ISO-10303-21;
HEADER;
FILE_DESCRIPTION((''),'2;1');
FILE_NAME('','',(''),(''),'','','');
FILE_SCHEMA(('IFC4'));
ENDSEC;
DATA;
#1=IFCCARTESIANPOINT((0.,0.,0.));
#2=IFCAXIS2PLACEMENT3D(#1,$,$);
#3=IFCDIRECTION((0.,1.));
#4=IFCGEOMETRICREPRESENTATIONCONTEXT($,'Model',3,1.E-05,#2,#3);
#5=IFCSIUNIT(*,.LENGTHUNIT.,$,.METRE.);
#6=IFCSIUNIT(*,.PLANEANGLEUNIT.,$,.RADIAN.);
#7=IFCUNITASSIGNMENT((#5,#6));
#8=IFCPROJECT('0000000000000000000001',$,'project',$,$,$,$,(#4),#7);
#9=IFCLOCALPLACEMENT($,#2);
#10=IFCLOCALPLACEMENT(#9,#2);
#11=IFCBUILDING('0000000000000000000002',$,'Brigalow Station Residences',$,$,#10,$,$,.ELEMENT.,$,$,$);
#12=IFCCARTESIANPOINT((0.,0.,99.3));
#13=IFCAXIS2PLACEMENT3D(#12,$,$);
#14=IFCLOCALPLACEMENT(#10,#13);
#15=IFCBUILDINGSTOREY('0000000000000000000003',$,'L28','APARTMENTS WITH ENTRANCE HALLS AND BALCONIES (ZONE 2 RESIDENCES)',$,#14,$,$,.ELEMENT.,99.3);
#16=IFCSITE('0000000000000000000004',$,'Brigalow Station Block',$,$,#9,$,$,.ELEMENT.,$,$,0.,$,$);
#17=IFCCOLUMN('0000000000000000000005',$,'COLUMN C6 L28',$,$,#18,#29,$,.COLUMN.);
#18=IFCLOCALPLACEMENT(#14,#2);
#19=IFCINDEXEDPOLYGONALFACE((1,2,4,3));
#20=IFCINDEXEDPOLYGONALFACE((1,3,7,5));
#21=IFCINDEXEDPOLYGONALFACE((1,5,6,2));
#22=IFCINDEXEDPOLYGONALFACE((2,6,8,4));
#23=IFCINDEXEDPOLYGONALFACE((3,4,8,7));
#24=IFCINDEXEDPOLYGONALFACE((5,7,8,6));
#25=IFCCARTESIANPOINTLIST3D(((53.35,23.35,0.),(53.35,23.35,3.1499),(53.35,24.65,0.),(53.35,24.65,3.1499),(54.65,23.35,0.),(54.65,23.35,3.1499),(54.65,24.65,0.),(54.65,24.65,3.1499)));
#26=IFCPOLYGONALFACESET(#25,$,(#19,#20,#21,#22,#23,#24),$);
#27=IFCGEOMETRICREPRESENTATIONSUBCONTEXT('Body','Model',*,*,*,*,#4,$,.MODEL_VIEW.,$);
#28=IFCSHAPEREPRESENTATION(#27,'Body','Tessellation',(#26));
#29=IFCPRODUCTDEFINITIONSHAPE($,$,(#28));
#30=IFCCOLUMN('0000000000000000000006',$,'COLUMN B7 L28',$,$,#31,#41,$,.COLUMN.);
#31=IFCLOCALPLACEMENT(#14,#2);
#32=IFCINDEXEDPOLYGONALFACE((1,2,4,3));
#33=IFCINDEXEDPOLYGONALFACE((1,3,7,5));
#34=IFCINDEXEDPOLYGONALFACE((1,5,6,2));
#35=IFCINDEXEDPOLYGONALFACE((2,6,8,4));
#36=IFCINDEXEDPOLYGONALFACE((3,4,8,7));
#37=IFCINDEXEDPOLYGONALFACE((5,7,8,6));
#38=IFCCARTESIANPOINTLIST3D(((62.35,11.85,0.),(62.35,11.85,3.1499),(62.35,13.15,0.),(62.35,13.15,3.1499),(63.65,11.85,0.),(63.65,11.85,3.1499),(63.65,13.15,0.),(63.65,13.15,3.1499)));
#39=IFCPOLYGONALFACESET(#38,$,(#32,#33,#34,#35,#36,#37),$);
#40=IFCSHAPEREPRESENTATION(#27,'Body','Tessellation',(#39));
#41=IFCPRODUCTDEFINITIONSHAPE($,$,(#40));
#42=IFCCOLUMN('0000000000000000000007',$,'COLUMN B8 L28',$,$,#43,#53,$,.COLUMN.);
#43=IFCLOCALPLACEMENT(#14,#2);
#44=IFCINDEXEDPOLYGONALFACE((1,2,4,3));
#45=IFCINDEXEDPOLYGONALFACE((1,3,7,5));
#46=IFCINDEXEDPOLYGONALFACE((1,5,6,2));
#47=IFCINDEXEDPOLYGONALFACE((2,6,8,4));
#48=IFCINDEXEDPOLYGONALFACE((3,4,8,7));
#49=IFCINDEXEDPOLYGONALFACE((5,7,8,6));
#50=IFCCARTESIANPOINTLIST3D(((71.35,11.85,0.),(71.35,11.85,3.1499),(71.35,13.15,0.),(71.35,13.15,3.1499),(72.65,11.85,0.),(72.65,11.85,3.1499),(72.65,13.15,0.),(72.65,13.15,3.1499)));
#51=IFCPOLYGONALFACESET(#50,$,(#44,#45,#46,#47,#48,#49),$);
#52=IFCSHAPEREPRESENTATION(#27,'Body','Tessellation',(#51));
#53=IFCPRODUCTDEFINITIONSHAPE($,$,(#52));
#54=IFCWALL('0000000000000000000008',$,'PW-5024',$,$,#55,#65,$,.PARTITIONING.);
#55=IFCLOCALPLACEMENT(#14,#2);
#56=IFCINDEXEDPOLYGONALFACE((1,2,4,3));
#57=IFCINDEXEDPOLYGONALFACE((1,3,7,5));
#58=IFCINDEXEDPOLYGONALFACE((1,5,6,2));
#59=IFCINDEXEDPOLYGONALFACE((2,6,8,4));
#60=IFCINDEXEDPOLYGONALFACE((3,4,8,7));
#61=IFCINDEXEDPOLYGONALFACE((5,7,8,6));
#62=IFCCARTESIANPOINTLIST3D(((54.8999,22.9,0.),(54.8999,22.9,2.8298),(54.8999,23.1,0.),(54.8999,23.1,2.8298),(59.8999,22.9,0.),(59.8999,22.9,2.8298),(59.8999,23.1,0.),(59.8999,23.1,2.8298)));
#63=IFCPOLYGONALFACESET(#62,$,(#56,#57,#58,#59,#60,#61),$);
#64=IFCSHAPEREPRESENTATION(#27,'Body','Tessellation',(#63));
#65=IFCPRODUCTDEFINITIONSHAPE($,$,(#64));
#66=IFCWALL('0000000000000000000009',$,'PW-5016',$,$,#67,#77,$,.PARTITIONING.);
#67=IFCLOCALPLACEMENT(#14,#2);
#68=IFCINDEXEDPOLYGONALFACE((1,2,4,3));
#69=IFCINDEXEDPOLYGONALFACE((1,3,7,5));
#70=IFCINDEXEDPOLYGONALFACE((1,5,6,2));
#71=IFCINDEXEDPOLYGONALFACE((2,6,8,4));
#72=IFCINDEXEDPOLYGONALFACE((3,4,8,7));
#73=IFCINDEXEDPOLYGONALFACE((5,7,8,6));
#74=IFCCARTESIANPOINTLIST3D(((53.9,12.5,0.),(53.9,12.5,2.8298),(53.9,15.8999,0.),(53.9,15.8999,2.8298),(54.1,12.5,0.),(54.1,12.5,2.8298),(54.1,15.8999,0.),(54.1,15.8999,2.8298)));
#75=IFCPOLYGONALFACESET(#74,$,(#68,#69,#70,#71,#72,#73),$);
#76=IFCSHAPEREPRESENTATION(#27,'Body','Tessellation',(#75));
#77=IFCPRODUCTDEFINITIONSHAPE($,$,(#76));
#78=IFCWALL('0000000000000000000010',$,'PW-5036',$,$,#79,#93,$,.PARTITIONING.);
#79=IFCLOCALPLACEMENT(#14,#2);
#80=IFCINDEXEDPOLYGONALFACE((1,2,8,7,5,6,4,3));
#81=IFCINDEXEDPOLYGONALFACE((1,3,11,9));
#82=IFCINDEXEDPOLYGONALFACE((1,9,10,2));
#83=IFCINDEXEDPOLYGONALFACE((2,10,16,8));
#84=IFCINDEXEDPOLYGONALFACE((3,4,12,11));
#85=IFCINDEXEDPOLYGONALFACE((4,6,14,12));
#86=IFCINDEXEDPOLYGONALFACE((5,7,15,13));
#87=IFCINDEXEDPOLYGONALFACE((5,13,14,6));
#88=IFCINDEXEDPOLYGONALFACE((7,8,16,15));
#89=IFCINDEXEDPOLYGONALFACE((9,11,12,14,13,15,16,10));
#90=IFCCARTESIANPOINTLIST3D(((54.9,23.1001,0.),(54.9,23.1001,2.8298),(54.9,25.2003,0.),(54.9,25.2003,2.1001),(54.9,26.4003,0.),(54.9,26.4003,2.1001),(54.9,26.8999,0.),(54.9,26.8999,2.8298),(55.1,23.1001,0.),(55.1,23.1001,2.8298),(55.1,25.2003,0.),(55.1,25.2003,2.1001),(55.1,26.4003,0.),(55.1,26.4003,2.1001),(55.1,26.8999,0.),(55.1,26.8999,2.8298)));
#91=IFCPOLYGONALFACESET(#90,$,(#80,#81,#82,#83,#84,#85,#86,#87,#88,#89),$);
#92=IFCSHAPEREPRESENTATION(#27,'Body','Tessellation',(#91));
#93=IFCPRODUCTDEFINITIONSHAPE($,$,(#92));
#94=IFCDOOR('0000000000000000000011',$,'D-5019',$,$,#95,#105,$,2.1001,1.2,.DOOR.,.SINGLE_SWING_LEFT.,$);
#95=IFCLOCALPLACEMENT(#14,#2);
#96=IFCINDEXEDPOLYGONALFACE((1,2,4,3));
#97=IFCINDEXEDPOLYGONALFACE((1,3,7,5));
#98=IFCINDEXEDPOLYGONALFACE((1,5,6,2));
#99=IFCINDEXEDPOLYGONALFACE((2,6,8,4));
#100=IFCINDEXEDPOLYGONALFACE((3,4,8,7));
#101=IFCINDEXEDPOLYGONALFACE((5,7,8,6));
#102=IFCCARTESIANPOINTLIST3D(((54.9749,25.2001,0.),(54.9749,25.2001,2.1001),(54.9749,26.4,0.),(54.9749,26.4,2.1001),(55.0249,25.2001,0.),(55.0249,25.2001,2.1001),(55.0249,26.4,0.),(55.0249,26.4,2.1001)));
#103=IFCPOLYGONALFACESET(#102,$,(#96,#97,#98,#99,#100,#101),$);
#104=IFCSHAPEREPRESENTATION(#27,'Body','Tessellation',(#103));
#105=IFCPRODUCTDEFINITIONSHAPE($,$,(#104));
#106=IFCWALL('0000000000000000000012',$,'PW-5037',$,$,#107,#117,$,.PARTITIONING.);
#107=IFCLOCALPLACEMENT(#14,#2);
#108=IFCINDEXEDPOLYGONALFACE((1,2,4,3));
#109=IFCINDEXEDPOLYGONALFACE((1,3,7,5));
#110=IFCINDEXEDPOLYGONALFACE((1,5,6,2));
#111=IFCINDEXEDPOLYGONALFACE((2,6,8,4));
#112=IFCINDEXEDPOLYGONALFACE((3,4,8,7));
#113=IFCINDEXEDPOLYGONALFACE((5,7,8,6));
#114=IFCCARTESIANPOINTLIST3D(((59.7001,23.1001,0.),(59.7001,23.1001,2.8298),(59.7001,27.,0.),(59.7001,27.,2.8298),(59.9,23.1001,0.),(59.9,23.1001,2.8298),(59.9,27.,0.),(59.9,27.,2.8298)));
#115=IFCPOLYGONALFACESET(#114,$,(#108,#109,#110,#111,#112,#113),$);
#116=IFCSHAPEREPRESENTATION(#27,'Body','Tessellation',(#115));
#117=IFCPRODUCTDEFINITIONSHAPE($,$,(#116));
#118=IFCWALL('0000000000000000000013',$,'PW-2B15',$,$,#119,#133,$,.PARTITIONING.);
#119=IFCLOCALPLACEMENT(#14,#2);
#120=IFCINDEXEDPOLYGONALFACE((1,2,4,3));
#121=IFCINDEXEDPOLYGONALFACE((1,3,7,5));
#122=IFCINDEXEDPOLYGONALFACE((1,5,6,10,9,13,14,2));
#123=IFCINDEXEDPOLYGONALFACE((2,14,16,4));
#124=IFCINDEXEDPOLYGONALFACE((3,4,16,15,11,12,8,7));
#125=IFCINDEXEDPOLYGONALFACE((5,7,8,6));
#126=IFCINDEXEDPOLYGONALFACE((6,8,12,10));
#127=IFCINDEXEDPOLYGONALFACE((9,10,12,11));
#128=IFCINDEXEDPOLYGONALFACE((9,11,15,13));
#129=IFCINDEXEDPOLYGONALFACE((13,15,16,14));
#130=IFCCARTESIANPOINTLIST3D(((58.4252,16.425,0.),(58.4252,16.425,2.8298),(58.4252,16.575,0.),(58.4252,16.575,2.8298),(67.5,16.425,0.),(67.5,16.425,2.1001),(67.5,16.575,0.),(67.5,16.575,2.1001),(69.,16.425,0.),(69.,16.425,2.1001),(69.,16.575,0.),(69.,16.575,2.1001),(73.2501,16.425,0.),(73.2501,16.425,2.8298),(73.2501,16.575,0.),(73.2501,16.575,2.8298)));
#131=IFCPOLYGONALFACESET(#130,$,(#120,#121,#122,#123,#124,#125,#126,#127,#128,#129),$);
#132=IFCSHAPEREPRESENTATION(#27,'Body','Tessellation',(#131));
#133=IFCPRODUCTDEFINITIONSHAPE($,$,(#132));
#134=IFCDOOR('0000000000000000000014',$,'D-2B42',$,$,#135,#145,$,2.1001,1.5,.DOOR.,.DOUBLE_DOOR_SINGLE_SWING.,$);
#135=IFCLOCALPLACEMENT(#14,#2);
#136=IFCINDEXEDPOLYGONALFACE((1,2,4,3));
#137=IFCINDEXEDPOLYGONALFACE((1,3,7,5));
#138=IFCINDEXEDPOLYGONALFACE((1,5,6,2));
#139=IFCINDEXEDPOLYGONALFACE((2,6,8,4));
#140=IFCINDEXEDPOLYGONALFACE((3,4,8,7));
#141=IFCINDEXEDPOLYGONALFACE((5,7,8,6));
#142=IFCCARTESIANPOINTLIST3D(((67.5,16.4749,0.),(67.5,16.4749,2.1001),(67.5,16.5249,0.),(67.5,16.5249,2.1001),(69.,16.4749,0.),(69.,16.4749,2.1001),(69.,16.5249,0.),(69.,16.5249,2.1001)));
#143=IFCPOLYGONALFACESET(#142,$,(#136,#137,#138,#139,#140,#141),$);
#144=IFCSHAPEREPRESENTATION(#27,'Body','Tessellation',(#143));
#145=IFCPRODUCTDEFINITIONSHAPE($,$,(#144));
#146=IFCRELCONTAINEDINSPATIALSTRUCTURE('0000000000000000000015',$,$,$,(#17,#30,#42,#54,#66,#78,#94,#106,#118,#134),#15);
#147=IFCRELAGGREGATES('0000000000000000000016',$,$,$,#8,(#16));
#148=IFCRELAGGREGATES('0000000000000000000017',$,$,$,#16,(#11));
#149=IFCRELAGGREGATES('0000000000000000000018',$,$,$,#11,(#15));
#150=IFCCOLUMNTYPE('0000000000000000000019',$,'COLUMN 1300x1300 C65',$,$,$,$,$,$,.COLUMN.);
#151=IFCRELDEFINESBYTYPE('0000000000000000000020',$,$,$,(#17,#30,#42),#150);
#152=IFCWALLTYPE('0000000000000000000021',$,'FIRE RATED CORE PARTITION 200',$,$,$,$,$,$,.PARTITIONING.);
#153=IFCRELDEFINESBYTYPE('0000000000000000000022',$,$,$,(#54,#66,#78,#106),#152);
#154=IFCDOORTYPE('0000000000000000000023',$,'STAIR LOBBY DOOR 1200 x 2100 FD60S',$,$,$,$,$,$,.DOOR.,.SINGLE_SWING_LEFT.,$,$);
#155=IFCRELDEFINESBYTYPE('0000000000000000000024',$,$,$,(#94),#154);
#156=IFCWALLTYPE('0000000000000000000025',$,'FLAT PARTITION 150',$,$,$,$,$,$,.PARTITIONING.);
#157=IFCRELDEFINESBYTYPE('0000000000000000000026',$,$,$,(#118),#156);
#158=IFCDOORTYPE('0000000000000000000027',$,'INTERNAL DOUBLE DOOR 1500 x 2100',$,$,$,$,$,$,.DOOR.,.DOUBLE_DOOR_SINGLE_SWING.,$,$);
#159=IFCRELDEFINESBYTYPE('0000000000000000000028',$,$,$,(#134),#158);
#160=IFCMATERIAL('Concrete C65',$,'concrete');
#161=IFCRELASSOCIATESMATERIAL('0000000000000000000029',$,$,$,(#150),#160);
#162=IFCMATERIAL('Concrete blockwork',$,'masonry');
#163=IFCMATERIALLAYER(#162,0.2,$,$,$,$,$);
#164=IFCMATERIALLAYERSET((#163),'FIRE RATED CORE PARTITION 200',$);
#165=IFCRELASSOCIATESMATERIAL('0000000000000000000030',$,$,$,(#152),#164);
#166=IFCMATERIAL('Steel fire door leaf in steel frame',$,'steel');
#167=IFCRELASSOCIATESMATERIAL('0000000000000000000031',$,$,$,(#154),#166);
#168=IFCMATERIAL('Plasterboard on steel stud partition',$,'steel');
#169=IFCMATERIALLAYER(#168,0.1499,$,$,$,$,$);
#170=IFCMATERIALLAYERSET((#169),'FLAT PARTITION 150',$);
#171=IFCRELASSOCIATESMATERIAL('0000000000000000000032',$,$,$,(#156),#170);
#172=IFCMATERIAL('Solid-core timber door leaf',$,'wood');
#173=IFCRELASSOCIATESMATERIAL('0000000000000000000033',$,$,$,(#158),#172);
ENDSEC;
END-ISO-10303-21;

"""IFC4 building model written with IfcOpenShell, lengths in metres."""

from ifc_helpers import new_model, si_unit, direction, frame, frame_2d, origin, origin_2d, place, context, subcontext, project, spatial, rectangle, extrude, material, layer, layer_set, material_profile, profile_set, type_object, element, fill, save


model = new_model("IFC4")

# Units and contexts
model_context = context("Model", 3, precision=1e-05, world=origin(), true_north=direction((0.0, 1.0)))
body_context = subcontext(model_context, "Body", "Model", "MODEL_VIEW")
ifc_project = project(units=[si_unit("LENGTHUNIT", "METRE"), si_unit("PLANEANGLEUNIT", "RADIAN")], contexts=[model_context])

# Site, building, storey
site_placement = place(None, origin())
site = spatial("IfcSite", under=ifc_project, at=site_placement, Name="Brigalow Station Block", CompositionType="ELEMENT", RefElevation=0.0)
building_placement = place(site_placement, origin())
building = spatial("IfcBuilding", under=site, at=building_placement, Name="Brigalow Station Residences", CompositionType="ELEMENT")
storey_placement = place(building_placement, frame((0.0, 0.0, 99.3)))
storey = spatial("IfcBuildingStorey", under=building, at=storey_placement, Name="L28", Description="APARTMENTS WITH ENTRANCE HALLS AND BALCONIES (ZONE 2 RESIDENCES)", CompositionType="ELEMENT", Elevation=99.3)

# Columns
ifc_material_1 = material(Name="Concrete C65", Category="concrete")
ifc_material_profile = material_profile(ifc_material_1, rectangle(XDim=1.3, YDim=1.3, at=origin_2d()), Name="RC1300x1300")
ifc_profile_set = profile_set([ifc_material_profile], Name="Concrete C65")
column_type = type_object("IfcColumnType", Name="COLUMN 1300x1300 C65", PredefinedType="COLUMN", material=ifc_profile_set)
for number, where, z_axis, x_axis, name in (
    (1, (54.0, 24.0, 0.0), (0.0, 0.0, 1.0), (1.0, 0.0, 0.0), "COLUMN C6 L28"),
    (2, (63.0, 12.5, 0.0), (0.0, 0.0, 1.0), (1.0, 0.0, 0.0), "COLUMN B7 L28"),
    (3, (72.0, 12.5, 0.0), (0.0, 0.0, 1.0), (1.0, 0.0, 0.0), "COLUMN B8 L28"),
):
    element("IfcColumn", number, at=place(storey_placement, frame(where, z_axis=z_axis, x_axis=x_axis)), inside=storey, type_object=column_type, Name=name, PredefinedType="COLUMN", context=body_context, shape_type="SweptSolid", body=[
        extrude(rectangle(XDim=1.3, YDim=1.3, at=origin_2d()), origin(), (0.0, 0.0, 1.0), 3.1499),
    ])

# Walls
ifc_material_2 = material(Name="Concrete blockwork", Category="masonry")
ifc_layer_1 = layer(ifc_material_2, 0.2)
ifc_layer_set_1 = layer_set([ifc_layer_1], Name="FIRE RATED CORE PARTITION 200")
wall_type_1 = type_object("IfcWallType", Name="FIRE RATED CORE PARTITION 200", PredefinedType="PARTITIONING", material=ifc_layer_set_1)
wall_1_placement = place(storey_placement, frame((54.8999, 23.0, 0.0), z_axis=(0.0, 0.0, 1.0), x_axis=(1.0, 0.0, 0.0)))
element("IfcWall", 4, at=wall_1_placement, inside=storey, type_object=wall_type_1, Name="PW-5024", PredefinedType="PARTITIONING", context=body_context, shape_type="SweptSolid", body=[
    extrude(rectangle(XDim=5.0, YDim=0.2, at=frame_2d((2.5, 0.0))), origin(), (0.0, 0.0, 1.0), 2.8298),
])
wall_2_placement = place(storey_placement, frame((54.0, 12.5, 0.0), z_axis=(0.0, 0.0, 1.0), x_axis=(0.0, 1.0, 0.0)))
element("IfcWall", 5, at=wall_2_placement, inside=storey, type_object=wall_type_1, Name="PW-5016", PredefinedType="PARTITIONING", context=body_context, shape_type="SweptSolid", body=[
    extrude(rectangle(XDim=3.3999, YDim=0.2, at=frame_2d((1.7, 0.0))), origin(), (0.0, 0.0, 1.0), 2.8298),
])

# Wall, opening, door
wall_3_placement = place(storey_placement, frame((55.0, 23.1001, 0.0), z_axis=(0.0, 0.0, 1.0), x_axis=(0.0, 1.0, 0.0)))
wall_3 = element("IfcWall", 6, at=wall_3_placement, inside=storey, type_object=wall_type_1, Name="PW-5036", PredefinedType="PARTITIONING", context=body_context, shape_type="SweptSolid", body=[
    extrude(rectangle(XDim=3.7998, YDim=0.2, at=frame_2d((1.8999, 0.0))), origin(), (0.0, 0.0, 1.0), 2.8298),
])
opening_1_placement = place(wall_3_placement, frame((2.1001, 0.0, 0.0)))
opening_1 = element("IfcOpeningElement", 7, at=opening_1_placement, cuts=wall_3, PredefinedType="OPENING", context=body_context, shape_type="SweptSolid", body=[
    extrude(rectangle(XDim=1.2, YDim=2.1001, at=frame_2d((0.6001, 1.05))), frame((0.0, 0.1099, 0.0), z_axis=(0.0, -1.0, 0.0), x_axis=(1.0, 0.0, 0.0)), (0.0, 0.0, 1.0), 0.22),
])
ifc_material_3 = material(Name="Steel fire door leaf in steel frame", Category="steel")
door_type_1 = type_object("IfcDoorType", Name="STAIR LOBBY DOOR 1200 x 2100 FD60S", OperationType="SINGLE_SWING_LEFT", PredefinedType="DOOR", material=ifc_material_3)
door_1_placement = place(opening_1_placement, frame((1.2, 0.0, 0.0), z_axis=(0.0, 0.0, 1.0), x_axis=(-1.0, 0.0, 0.0)))
door_1 = element("IfcDoor", 8, at=door_1_placement, inside=storey, type_object=door_type_1, Name="D-5019", OperationType="SINGLE_SWING_LEFT", OverallHeight=2.1001, OverallWidth=1.2, PredefinedType="DOOR", context=body_context, shape_type="SweptSolid", body=[
    extrude(rectangle(XDim=1.2, YDim=2.1001, at=frame_2d((0.6001, 1.05))), frame((0.0, 0.0249, 0.0), z_axis=(0.0, -1.0, 0.0), x_axis=(1.0, 0.0, 0.0)), (0.0, 0.0, 1.0), 0.05),
])
fill(opening_1, door_1)

# Wall
wall_4_placement = place(storey_placement, frame((59.8, 23.1001, 0.0), z_axis=(0.0, 0.0, 1.0), x_axis=(0.0, 1.0, 0.0)))
element("IfcWall", 9, at=wall_4_placement, inside=storey, type_object=wall_type_1, Name="PW-5037", PredefinedType="PARTITIONING", context=body_context, shape_type="SweptSolid", body=[
    extrude(rectangle(XDim=3.8999, YDim=0.2, at=frame_2d((1.95, 0.0))), origin(), (0.0, 0.0, 1.0), 2.8298),
])

# Wall, opening, door
ifc_material_4 = material(Name="Plasterboard on steel stud partition", Category="steel")
ifc_layer_2 = layer(ifc_material_4, 0.1499)
ifc_layer_set_2 = layer_set([ifc_layer_2], Name="FLAT PARTITION 150")
wall_type_2 = type_object("IfcWallType", Name="FLAT PARTITION 150", PredefinedType="PARTITIONING", material=ifc_layer_set_2)
wall_5_placement = place(storey_placement, frame((58.425, 16.5, 0.0), z_axis=(0.0, 0.0, 1.0), x_axis=(1.0, 0.0, 0.0)))
wall_5 = element("IfcWall", 10, at=wall_5_placement, inside=storey, type_object=wall_type_2, Name="PW-2B15", PredefinedType="PARTITIONING", context=body_context, shape_type="SweptSolid", body=[
    extrude(rectangle(XDim=14.825, YDim=0.1499, at=frame_2d((7.4126, 0.0))), origin(), (0.0, 0.0, 1.0), 2.8298),
])
opening_2_placement = place(wall_5_placement, frame((9.075, 0.0, 0.0)))
opening_2 = element("IfcOpeningElement", 11, at=opening_2_placement, cuts=wall_5, PredefinedType="OPENING", context=body_context, shape_type="SweptSolid", body=[
    extrude(rectangle(XDim=1.5, YDim=2.1001, at=frame_2d((0.75, 1.05))), frame((0.0, 0.085, 0.0), z_axis=(0.0, -1.0, 0.0), x_axis=(1.0, 0.0, 0.0)), (0.0, 0.0, 1.0), 0.1699),
])
ifc_material_5 = material(Name="Solid-core timber door leaf", Category="wood")
door_type_2 = type_object("IfcDoorType", Name="INTERNAL DOUBLE DOOR 1500 x 2100", OperationType="DOUBLE_DOOR_SINGLE_SWING", PredefinedType="DOOR", material=ifc_material_5)
door_2_placement = place(opening_2_placement, origin())
door_2 = element("IfcDoor", 12, at=door_2_placement, inside=storey, type_object=door_type_2, Name="D-2B42", OperationType="DOUBLE_DOOR_SINGLE_SWING", OverallHeight=2.1001, OverallWidth=1.5, PredefinedType="DOOR", context=body_context, shape_type="SweptSolid", body=[
    extrude(rectangle(XDim=1.5, YDim=2.1001, at=frame_2d((0.75, 1.05))), frame((0.0, 0.0249, 0.0), z_axis=(0.0, -1.0, 0.0), x_axis=(1.0, 0.0, 0.0)), (0.0, 0.0, 1.0), 0.05),
])
fill(opening_2, door_2)

save(model, "model.ifc")
